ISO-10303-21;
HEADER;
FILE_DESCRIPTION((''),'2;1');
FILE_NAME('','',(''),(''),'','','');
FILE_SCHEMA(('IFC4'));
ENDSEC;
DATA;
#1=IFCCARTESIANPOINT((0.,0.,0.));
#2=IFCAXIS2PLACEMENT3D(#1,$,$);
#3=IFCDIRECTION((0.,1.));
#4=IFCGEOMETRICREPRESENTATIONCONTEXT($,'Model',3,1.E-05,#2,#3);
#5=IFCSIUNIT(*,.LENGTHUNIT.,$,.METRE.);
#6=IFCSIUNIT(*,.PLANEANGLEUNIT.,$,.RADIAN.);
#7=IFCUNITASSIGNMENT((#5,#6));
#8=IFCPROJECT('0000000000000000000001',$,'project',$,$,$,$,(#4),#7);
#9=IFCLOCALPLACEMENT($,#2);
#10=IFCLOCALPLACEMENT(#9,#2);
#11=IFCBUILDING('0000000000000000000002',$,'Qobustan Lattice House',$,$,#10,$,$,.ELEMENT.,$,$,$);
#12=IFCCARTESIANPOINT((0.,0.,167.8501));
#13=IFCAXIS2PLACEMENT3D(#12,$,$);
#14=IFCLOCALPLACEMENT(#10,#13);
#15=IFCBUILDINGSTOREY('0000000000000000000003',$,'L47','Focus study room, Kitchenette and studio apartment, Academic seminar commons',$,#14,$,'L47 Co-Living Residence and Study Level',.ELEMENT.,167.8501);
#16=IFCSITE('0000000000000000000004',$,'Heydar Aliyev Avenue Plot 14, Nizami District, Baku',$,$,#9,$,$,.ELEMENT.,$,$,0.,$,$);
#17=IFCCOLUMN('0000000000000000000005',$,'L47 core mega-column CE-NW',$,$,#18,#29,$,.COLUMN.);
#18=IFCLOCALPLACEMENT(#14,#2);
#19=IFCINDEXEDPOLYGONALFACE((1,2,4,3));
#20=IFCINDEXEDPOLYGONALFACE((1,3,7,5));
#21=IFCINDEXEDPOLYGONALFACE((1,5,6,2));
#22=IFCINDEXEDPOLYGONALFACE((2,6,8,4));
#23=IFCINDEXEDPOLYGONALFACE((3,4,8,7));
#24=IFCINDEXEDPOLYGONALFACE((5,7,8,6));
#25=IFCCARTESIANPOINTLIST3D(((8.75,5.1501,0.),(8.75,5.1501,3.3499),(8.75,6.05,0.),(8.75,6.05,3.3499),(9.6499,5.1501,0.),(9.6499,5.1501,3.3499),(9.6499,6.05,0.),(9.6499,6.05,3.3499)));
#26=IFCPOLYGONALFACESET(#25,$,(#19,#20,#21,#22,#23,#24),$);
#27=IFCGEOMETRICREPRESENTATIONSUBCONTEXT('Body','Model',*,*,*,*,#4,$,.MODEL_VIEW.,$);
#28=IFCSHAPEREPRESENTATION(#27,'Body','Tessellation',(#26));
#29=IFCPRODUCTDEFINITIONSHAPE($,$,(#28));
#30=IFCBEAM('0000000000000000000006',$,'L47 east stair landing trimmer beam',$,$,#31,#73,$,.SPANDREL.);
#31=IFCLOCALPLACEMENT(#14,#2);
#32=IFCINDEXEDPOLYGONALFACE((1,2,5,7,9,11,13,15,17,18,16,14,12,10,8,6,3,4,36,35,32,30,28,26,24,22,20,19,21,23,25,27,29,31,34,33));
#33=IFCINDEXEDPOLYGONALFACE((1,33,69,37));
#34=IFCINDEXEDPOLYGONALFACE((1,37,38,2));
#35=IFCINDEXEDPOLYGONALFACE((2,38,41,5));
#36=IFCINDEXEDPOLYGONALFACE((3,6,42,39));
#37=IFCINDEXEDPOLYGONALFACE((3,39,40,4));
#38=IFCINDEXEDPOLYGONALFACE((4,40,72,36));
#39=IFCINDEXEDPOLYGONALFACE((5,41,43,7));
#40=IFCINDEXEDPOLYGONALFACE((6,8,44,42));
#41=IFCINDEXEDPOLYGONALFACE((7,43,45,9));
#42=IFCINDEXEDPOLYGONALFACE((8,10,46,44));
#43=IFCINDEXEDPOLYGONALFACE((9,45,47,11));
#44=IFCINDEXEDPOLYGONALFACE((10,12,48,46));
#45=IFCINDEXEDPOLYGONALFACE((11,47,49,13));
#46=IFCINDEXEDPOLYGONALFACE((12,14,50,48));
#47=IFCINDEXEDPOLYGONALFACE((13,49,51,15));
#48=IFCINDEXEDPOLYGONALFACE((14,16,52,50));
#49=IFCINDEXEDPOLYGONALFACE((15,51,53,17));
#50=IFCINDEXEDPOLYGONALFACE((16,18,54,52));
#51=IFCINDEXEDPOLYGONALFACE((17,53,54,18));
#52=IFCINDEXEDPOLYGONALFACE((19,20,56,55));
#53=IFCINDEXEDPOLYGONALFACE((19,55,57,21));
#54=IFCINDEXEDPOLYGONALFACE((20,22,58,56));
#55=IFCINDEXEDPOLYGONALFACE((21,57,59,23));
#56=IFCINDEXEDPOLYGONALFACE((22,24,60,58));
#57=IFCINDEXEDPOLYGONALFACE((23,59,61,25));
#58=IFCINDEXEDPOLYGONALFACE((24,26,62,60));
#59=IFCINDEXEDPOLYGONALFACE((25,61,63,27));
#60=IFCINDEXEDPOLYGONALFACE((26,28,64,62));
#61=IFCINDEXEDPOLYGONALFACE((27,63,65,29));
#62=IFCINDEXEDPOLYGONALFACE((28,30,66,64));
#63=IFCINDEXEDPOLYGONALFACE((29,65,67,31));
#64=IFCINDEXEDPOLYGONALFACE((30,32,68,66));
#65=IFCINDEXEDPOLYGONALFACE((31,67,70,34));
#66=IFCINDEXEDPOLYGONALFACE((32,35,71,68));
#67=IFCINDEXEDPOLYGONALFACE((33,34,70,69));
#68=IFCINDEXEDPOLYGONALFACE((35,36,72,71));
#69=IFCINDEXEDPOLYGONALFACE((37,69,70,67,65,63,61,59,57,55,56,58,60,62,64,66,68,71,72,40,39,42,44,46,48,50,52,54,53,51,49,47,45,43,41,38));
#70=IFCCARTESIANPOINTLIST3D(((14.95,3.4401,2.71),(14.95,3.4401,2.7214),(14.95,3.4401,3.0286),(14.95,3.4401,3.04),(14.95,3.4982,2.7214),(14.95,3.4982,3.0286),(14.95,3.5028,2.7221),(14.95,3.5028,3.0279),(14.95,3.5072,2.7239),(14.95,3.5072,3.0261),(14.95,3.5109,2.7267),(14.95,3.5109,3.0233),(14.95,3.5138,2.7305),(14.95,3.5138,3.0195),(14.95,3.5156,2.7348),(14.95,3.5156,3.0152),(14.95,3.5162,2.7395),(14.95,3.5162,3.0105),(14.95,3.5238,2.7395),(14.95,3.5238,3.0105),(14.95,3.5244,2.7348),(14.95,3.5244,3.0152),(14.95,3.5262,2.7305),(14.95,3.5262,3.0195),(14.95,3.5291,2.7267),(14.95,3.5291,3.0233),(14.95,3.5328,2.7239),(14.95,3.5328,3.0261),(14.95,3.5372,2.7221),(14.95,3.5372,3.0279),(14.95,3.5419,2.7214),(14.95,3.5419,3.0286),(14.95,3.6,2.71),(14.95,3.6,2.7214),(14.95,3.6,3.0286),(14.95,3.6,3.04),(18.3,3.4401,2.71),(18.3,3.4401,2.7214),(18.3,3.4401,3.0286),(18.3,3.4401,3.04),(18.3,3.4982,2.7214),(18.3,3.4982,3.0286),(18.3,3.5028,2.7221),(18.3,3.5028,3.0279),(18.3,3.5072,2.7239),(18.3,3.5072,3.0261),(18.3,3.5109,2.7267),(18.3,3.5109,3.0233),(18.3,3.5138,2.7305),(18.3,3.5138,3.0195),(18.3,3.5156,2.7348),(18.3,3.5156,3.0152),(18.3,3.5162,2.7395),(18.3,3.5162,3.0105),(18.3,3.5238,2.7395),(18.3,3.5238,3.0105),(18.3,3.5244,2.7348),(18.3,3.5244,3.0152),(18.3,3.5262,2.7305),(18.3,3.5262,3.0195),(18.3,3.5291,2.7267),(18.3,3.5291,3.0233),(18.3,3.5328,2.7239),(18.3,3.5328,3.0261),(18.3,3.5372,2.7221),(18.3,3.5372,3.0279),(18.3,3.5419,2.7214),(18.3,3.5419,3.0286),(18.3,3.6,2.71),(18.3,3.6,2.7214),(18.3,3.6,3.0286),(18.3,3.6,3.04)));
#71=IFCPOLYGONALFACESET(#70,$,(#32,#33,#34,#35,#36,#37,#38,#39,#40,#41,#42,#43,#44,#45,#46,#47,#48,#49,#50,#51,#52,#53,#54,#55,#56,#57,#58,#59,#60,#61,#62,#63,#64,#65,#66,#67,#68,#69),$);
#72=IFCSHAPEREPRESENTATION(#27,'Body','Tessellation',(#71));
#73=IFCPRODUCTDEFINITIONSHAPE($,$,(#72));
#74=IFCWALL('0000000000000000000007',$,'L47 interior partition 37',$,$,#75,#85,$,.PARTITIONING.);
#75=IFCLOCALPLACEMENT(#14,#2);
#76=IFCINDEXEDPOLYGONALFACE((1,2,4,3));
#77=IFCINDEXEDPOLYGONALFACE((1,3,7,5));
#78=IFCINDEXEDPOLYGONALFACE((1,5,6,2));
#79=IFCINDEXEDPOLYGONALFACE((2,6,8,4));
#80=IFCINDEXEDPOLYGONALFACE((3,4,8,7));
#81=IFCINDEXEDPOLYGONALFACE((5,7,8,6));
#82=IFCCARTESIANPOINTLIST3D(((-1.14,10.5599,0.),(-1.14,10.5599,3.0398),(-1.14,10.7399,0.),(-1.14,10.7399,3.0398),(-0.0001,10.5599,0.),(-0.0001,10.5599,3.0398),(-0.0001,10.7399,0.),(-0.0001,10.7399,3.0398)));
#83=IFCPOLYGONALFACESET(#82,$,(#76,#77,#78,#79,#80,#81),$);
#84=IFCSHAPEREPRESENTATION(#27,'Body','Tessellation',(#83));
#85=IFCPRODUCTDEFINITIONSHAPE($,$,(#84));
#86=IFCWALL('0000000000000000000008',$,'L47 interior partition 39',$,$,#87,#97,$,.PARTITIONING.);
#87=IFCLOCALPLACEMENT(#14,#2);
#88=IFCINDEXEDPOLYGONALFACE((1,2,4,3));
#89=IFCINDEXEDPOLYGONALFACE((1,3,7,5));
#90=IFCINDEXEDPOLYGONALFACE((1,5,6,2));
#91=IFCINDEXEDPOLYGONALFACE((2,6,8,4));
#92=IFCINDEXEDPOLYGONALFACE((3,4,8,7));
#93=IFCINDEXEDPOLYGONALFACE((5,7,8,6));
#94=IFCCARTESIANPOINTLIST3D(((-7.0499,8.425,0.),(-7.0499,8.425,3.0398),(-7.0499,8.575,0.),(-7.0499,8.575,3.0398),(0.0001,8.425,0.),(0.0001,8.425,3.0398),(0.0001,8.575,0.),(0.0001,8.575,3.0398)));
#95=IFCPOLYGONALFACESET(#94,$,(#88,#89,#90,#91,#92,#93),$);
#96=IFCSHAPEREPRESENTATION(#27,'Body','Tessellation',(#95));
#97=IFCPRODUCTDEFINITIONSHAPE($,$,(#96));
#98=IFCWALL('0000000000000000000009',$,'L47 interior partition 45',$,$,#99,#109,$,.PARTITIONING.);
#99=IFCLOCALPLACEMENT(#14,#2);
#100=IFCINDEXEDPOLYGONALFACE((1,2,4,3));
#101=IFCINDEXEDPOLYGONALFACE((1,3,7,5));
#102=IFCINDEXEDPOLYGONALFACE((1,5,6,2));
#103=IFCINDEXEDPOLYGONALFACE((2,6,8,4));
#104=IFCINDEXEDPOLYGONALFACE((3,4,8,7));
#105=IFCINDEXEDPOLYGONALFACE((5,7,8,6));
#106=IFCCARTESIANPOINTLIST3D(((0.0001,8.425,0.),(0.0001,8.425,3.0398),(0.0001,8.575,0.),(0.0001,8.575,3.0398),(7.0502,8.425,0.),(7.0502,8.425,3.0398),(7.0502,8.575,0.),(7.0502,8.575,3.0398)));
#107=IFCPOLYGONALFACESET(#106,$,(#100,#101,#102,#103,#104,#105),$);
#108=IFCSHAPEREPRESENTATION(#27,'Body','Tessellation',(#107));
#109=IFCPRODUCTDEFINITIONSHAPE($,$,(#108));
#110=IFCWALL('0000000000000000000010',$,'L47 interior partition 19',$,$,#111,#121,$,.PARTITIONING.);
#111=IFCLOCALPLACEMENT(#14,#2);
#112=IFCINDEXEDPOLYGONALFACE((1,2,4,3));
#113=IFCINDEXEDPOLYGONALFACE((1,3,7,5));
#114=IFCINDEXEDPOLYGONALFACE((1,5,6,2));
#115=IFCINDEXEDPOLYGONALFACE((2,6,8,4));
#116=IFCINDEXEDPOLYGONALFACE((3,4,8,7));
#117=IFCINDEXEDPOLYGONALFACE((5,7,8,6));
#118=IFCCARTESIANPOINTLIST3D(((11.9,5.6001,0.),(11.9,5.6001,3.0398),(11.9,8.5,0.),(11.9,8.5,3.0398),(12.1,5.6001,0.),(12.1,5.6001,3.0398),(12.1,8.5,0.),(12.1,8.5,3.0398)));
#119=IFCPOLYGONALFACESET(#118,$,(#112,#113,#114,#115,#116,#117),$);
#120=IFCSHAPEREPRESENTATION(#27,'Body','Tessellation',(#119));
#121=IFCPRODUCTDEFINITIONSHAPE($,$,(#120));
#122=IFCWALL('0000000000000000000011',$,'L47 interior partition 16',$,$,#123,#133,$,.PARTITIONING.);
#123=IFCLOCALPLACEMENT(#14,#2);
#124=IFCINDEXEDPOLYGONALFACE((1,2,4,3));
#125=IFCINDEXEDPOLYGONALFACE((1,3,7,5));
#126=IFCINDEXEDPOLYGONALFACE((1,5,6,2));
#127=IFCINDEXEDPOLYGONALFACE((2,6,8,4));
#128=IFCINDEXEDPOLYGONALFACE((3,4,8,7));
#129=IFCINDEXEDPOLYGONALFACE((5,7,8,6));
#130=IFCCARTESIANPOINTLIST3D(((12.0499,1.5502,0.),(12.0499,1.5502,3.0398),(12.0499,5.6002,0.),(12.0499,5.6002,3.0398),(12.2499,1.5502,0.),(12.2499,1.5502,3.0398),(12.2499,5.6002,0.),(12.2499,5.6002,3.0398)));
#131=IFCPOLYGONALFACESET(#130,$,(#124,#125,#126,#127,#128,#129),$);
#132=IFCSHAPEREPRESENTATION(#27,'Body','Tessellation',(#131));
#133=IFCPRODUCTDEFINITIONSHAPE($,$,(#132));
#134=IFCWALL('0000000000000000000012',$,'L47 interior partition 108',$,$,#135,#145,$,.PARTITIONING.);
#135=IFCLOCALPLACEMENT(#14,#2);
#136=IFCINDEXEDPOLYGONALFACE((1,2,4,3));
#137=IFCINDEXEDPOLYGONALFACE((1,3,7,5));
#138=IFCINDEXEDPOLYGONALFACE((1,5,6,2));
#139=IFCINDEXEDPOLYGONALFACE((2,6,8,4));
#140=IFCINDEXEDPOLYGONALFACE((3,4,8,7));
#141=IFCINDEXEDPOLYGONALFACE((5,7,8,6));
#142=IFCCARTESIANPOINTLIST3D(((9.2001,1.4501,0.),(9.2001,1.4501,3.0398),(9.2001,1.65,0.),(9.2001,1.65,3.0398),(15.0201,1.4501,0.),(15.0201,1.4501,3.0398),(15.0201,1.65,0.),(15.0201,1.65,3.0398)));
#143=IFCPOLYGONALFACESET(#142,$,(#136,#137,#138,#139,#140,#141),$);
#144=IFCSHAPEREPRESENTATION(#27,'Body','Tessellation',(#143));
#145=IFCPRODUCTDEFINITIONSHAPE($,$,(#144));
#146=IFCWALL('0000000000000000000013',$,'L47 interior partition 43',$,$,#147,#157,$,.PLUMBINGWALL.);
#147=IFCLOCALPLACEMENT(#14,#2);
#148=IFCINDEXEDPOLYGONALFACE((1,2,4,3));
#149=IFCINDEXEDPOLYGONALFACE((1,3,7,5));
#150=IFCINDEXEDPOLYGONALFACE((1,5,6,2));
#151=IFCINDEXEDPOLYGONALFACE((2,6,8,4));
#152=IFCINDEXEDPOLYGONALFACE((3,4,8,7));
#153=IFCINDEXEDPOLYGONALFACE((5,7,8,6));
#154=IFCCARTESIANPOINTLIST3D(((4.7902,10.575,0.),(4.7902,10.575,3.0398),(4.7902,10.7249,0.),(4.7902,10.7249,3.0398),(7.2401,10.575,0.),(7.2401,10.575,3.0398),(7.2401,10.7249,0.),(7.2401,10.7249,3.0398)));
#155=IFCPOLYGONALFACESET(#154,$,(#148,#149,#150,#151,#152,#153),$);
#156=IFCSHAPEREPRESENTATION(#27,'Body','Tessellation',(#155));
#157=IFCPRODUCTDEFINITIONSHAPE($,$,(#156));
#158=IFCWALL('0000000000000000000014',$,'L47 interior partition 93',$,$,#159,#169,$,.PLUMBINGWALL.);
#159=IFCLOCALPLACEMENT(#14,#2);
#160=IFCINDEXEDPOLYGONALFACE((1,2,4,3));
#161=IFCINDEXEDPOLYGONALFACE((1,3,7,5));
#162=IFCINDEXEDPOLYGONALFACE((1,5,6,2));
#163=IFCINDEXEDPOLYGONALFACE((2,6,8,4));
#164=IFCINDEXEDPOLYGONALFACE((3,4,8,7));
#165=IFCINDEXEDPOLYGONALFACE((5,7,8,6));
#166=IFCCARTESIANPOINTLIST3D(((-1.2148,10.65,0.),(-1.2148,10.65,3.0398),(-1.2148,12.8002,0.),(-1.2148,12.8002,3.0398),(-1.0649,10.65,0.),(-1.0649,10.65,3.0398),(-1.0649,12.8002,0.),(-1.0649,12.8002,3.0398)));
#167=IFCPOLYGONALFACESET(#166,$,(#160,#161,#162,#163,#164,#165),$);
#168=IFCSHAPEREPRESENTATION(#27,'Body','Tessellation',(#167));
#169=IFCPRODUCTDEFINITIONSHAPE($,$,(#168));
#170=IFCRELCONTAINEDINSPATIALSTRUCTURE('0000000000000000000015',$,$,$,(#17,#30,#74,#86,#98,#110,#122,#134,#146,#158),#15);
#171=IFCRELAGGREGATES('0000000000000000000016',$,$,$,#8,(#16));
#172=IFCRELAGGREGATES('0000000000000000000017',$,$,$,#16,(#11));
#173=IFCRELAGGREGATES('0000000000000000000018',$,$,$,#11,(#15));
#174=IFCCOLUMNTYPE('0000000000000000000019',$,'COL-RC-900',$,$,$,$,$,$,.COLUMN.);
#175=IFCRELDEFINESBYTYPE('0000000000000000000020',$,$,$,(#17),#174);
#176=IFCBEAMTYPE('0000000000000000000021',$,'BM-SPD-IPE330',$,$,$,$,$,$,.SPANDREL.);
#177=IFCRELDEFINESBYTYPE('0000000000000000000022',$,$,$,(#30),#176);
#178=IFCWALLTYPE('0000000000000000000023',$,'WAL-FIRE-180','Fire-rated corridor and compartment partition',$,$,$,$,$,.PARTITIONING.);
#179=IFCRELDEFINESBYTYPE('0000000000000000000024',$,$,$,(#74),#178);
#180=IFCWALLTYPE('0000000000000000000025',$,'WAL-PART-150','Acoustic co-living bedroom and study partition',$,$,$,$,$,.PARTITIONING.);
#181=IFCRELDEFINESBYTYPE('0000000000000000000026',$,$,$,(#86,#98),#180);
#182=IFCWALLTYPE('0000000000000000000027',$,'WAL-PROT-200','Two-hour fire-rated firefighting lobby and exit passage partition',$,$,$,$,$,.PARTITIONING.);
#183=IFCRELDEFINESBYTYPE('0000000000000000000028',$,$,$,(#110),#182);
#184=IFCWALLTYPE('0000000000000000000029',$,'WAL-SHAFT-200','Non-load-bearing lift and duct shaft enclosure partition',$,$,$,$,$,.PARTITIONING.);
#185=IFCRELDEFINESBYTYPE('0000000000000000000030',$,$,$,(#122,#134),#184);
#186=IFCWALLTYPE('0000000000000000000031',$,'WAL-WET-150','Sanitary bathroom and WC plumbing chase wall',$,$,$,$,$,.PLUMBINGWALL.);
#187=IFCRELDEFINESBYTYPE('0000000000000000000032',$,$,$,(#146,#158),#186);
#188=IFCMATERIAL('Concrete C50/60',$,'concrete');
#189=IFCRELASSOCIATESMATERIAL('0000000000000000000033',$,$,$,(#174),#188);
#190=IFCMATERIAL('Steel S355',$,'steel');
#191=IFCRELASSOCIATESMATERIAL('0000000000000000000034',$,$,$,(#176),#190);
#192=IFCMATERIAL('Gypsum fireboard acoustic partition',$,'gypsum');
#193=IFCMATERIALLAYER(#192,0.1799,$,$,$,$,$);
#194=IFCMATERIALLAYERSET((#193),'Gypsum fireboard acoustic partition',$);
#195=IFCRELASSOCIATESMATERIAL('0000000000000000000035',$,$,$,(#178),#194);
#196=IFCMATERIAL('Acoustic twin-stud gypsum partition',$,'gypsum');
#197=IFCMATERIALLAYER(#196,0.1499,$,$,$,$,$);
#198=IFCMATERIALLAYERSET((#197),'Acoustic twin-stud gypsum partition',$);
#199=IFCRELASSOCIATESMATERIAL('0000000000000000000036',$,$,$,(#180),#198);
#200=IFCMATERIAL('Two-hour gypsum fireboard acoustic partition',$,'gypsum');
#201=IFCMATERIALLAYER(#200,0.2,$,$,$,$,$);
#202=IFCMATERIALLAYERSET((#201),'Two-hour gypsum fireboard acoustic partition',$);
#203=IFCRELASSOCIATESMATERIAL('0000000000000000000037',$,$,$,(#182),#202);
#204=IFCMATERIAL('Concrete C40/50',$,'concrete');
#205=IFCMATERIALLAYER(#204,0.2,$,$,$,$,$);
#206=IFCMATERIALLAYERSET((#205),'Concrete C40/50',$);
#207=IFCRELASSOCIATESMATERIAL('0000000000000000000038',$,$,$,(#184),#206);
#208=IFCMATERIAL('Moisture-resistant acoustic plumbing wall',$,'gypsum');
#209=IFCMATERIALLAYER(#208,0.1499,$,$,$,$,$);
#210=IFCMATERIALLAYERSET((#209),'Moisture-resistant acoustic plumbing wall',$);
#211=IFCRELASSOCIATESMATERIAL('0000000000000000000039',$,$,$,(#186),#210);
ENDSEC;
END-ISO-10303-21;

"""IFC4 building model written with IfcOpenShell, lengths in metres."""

from ifc_helpers import new_model, si_unit, direction, frame, frame_2d, origin, origin_2d, place, context, subcontext, project, spatial, rectangle, i_section, extrude, material, layer, layer_set, material_profile, profile_set, type_object, element, save


model = new_model("IFC4")

# Units and contexts
model_context = context("Model", 3, precision=1e-05, world=origin(), true_north=direction((0.0, 1.0)))
body_context = subcontext(model_context, "Body", "Model", "MODEL_VIEW")
ifc_project = project(units=[si_unit("LENGTHUNIT", "METRE"), si_unit("PLANEANGLEUNIT", "RADIAN")], contexts=[model_context])

# Site, building, storey
site_placement = place(None, origin())
site = spatial("IfcSite", under=ifc_project, at=site_placement, Name="Heydar Aliyev Avenue Plot 14, Nizami District, Baku", CompositionType="ELEMENT", RefElevation=0.0)
building_placement = place(site_placement, origin())
building = spatial("IfcBuilding", under=site, at=building_placement, Name="Qobustan Lattice House", CompositionType="ELEMENT")
storey_placement = place(building_placement, frame((0.0, 0.0, 167.8501)))
storey = spatial("IfcBuildingStorey", under=building, at=storey_placement, Name="L47", Description="Focus study room, Kitchenette and studio apartment, Academic seminar commons", LongName="L47 Co-Living Residence and Study Level", CompositionType="ELEMENT", Elevation=167.8501)

# Column
ifc_material_1 = material(Name="Concrete C50/60", Category="concrete")
ifc_material_profile_1 = material_profile(ifc_material_1, rectangle(XDim=0.8999, YDim=0.8999, at=origin_2d()), Name="RC900x900")
ifc_profile_set_1 = profile_set([ifc_material_profile_1], Name="Concrete C50/60")
column_type = type_object("IfcColumnType", Name="COL-RC-900", PredefinedType="COLUMN", material=ifc_profile_set_1)
column_placement = place(storey_placement, frame((9.2, 5.6001, 0.0), z_axis=(0.0, 0.0, 1.0), x_axis=(1.0, 0.0, 0.0)))
element("IfcColumn", 1, at=column_placement, inside=storey, type_object=column_type, Name="L47 core mega-column CE-NW", PredefinedType="COLUMN", context=body_context, shape_type="SweptSolid", body=[
    extrude(rectangle(XDim=0.8999, YDim=0.8999, at=origin_2d()), origin(), (0.0, 0.0, 1.0), 3.3499),
])

# Beam
ifc_material_2 = material(Name="Steel S355", Category="steel")
ifc_material_profile_2 = material_profile(ifc_material_2, i_section(OverallWidth=0.1599, OverallDepth=0.3301, WebThickness=0.0076, FlangeThickness=0.0115, FilletRadius=0.0181, at=origin_2d()), Name="IPE330")
ifc_profile_set_2 = profile_set([ifc_material_profile_2], Name="Steel S355")
beam_type = type_object("IfcBeamType", Name="BM-SPD-IPE330", PredefinedType="SPANDREL", material=ifc_profile_set_2)
beam_placement = place(storey_placement, frame((14.95, 3.52, 2.875), z_axis=(1.0, 0.0, 0.0), x_axis=(0.0, 1.0, 0.0)))
element("IfcBeam", 2, at=beam_placement, inside=storey, type_object=beam_type, Name="L47 east stair landing trimmer beam", PredefinedType="SPANDREL", context=body_context, shape_type="SweptSolid", body=[
    extrude(i_section(OverallWidth=0.1599, OverallDepth=0.3301, WebThickness=0.0076, FlangeThickness=0.0115, FilletRadius=0.0181, at=origin_2d()), origin(), (0.0, 0.0, 1.0), 3.3501),
])

# Wall
ifc_material_3 = material(Name="Gypsum fireboard acoustic partition", Category="gypsum")
ifc_layer_1 = layer(ifc_material_3, 0.1799)
ifc_layer_set_1 = layer_set([ifc_layer_1], Name="Gypsum fireboard acoustic partition")
wall_type_1 = type_object("IfcWallType", Name="WAL-FIRE-180", Description="Fire-rated corridor and compartment partition", PredefinedType="PARTITIONING", material=ifc_layer_set_1)
wall_1_placement = place(storey_placement, frame((-1.1399, 10.6499, 0.0), z_axis=(0.0, 0.0, 1.0), x_axis=(1.0, 0.0, 0.0)))
element("IfcWall", 3, at=wall_1_placement, inside=storey, type_object=wall_type_1, Name="L47 interior partition 37", PredefinedType="PARTITIONING", context=body_context, shape_type="SweptSolid", body=[
    extrude(rectangle(XDim=1.1399, YDim=0.1799, at=frame_2d((0.5698, 0.0))), origin(), (0.0, 0.0, 1.0), 3.0398),
])

# Walls
ifc_material_4 = material(Name="Acoustic twin-stud gypsum partition", Category="gypsum")
ifc_layer_2 = layer(ifc_material_4, 0.1499)
ifc_layer_set_2 = layer_set([ifc_layer_2], Name="Acoustic twin-stud gypsum partition")
wall_type_2 = type_object("IfcWallType", Name="WAL-PART-150", Description="Acoustic co-living bedroom and study partition", PredefinedType="PARTITIONING", material=ifc_layer_set_2)
for number, where, z_axis, x_axis, name in (
    (4, (0.0, 8.5, 0.0), (0.0, 0.0, 1.0), (-1.0, 0.0, 0.0), "L47 interior partition 39"),
    (5, (7.05, 8.5, 0.0), (0.0, 0.0, 1.0), (-1.0, 0.0, 0.0), "L47 interior partition 45"),
):
    element("IfcWall", number, at=place(storey_placement, frame(where, z_axis=z_axis, x_axis=x_axis)), inside=storey, type_object=wall_type_2, Name=name, PredefinedType="PARTITIONING", context=body_context, shape_type="SweptSolid", body=[
        extrude(rectangle(XDim=7.05, YDim=0.1499, at=frame_2d((3.5249, 0.0))), origin(), (0.0, 0.0, 1.0), 3.0398),
    ])
ifc_material_5 = material(Name="Two-hour gypsum fireboard acoustic partition", Category="gypsum")
ifc_layer_3 = layer(ifc_material_5, 0.2)
ifc_layer_set_3 = layer_set([ifc_layer_3], Name="Two-hour gypsum fireboard acoustic partition")
wall_type_3 = type_object("IfcWallType", Name="WAL-PROT-200", Description="Two-hour fire-rated firefighting lobby and exit passage partition", PredefinedType="PARTITIONING", material=ifc_layer_set_3)
wall_2_placement = place(storey_placement, frame((12.0, 8.5, 0.0), z_axis=(0.0, 0.0, 1.0), x_axis=(0.0, -1.0, 0.0)))
element("IfcWall", 6, at=wall_2_placement, inside=storey, type_object=wall_type_3, Name="L47 interior partition 19", PredefinedType="PARTITIONING", context=body_context, shape_type="SweptSolid", body=[
    extrude(rectangle(XDim=2.8999, YDim=0.2, at=frame_2d((1.45, 0.0))), origin(), (0.0, 0.0, 1.0), 3.0398),
])
ifc_material_6 = material(Name="Concrete C40/50", Category="concrete")
ifc_layer_4 = layer(ifc_material_6, 0.2)
ifc_layer_set_4 = layer_set([ifc_layer_4], Name="Concrete C40/50")
wall_type_4 = type_object("IfcWallType", Name="WAL-SHAFT-200", Description="Non-load-bearing lift and duct shaft enclosure partition", PredefinedType="PARTITIONING", material=ifc_layer_set_4)
wall_3_placement = place(storey_placement, frame((12.1499, 5.6001, 0.0), z_axis=(0.0, 0.0, 1.0), x_axis=(0.0, -1.0, 0.0)))
element("IfcWall", 7, at=wall_3_placement, inside=storey, type_object=wall_type_4, Name="L47 interior partition 16", PredefinedType="PARTITIONING", context=body_context, shape_type="SweptSolid", body=[
    extrude(rectangle(XDim=4.05, YDim=0.2, at=frame_2d((2.0249, 0.0))), origin(), (0.0, 0.0, 1.0), 3.0398),
])
wall_4_placement = place(storey_placement, frame((9.2, 1.55, 0.0), z_axis=(0.0, 0.0, 1.0), x_axis=(1.0, 0.0, 0.0)))
element("IfcWall", 8, at=wall_4_placement, inside=storey, type_object=wall_type_4, Name="L47 interior partition 108", PredefinedType="PARTITIONING", context=body_context, shape_type="SweptSolid", body=[
    extrude(rectangle(XDim=5.8201, YDim=0.2, at=frame_2d((2.9102, 0.0))), origin(), (0.0, 0.0, 1.0), 3.0398),
])
ifc_material_7 = material(Name="Moisture-resistant acoustic plumbing wall", Category="gypsum")
ifc_layer_5 = layer(ifc_material_7, 0.1499)
ifc_layer_set_5 = layer_set([ifc_layer_5], Name="Moisture-resistant acoustic plumbing wall")
wall_type_5 = type_object("IfcWallType", Name="WAL-WET-150", Description="Sanitary bathroom and WC plumbing chase wall", PredefinedType="PLUMBINGWALL", material=ifc_layer_set_5)
wall_5_placement = place(storey_placement, frame((4.79, 10.6499, 0.0), z_axis=(0.0, 0.0, 1.0), x_axis=(1.0, 0.0, 0.0)))
element("IfcWall", 9, at=wall_5_placement, inside=storey, type_object=wall_type_5, Name="L47 interior partition 43", PredefinedType="PLUMBINGWALL", context=body_context, shape_type="SweptSolid", body=[
    extrude(rectangle(XDim=2.45, YDim=0.1499, at=frame_2d((1.2251, 0.0))), origin(), (0.0, 0.0, 1.0), 3.0398),
])
wall_6_placement = place(storey_placement, frame((-1.1399, 10.6499, 0.0), z_axis=(0.0, 0.0, 1.0), x_axis=(0.0, 1.0, 0.0)))
element("IfcWall", 10, at=wall_6_placement, inside=storey, type_object=wall_type_5, Name="L47 interior partition 93", PredefinedType="PLUMBINGWALL", context=body_context, shape_type="SweptSolid", body=[
    extrude(rectangle(XDim=2.1501, YDim=0.1499, at=frame_2d((1.0752, 0.0))), origin(), (0.0, 0.0, 1.0), 3.0398),
])

save(model, "model.ifc")
